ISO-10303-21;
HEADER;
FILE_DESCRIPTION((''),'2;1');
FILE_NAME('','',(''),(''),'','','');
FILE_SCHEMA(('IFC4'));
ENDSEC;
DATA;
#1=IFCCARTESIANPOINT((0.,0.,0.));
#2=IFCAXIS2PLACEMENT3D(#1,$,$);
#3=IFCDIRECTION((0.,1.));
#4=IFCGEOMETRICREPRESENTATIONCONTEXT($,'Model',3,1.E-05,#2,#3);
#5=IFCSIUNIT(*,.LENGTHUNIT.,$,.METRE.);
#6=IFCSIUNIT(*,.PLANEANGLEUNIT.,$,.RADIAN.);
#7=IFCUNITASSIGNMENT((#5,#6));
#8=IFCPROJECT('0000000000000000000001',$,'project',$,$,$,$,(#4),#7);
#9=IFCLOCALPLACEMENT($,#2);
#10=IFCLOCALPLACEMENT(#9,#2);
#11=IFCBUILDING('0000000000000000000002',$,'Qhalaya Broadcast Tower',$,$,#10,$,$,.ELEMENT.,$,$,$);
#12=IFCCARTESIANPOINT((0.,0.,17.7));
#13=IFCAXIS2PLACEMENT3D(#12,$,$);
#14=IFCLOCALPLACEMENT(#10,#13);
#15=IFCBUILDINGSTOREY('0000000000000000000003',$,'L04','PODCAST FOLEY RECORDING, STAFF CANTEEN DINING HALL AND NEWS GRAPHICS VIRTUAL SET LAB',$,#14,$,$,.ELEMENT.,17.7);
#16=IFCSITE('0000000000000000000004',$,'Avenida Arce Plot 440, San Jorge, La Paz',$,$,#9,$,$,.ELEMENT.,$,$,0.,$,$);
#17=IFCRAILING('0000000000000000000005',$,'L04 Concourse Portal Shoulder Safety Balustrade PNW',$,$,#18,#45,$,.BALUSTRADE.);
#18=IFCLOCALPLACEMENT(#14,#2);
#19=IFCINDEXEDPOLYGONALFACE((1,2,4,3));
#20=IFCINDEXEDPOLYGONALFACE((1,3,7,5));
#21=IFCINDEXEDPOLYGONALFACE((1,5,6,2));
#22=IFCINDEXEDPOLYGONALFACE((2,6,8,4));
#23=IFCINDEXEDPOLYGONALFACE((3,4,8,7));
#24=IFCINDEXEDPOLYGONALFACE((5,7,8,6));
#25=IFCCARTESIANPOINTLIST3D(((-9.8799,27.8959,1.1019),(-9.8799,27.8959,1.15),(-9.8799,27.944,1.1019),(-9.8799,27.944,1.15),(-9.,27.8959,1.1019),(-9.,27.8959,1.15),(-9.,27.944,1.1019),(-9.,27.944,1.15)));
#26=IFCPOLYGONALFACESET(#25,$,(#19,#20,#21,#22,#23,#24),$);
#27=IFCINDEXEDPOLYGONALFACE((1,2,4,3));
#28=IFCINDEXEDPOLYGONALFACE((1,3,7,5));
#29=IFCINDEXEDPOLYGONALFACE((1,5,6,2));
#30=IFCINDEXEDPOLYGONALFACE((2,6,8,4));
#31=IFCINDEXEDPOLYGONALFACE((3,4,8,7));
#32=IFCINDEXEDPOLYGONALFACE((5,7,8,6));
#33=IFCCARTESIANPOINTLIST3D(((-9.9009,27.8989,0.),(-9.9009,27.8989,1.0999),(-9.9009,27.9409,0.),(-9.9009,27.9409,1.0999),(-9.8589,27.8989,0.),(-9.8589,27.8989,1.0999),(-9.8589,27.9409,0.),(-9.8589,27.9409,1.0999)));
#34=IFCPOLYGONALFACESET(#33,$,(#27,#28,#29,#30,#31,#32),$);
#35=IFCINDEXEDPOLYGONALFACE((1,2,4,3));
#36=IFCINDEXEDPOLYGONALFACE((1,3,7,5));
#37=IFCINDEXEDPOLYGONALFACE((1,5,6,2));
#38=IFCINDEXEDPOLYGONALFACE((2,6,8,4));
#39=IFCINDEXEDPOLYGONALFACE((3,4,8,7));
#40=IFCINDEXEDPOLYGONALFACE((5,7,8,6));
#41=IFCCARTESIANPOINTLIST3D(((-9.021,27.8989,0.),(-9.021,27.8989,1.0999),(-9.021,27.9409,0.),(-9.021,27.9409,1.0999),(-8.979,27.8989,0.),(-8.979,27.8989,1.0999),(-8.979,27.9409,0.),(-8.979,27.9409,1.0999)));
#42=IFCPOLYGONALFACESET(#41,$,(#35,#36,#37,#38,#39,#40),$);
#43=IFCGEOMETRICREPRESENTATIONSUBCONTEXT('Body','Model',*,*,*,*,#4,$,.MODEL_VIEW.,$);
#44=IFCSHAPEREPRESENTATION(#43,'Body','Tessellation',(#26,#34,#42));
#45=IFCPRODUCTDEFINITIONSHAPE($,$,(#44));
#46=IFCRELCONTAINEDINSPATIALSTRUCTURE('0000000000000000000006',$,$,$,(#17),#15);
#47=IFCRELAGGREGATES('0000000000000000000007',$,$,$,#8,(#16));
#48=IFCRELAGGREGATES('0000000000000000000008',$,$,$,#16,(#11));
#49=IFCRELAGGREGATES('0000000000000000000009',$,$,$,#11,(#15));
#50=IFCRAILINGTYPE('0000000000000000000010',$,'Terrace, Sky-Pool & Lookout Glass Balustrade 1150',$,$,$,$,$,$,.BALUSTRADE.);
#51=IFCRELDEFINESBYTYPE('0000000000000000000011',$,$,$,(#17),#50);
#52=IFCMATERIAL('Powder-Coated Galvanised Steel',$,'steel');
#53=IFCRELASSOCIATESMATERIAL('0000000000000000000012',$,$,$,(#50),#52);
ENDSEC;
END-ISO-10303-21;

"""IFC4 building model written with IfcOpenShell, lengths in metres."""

from ifc_helpers import new_model, si_unit, direction, frame, origin, origin_2d, place, context, subcontext, project, spatial, rectangle, extrude, material, type_object, element, save


model = new_model("IFC4")

# Units and contexts
model_context = context("Model", 3, precision=1e-05, world=origin(), true_north=direction((0.0, 1.0)))
body_context = subcontext(model_context, "Body", "Model", "MODEL_VIEW")
ifc_project = project(units=[si_unit("LENGTHUNIT", "METRE"), si_unit("PLANEANGLEUNIT", "RADIAN")], contexts=[model_context])

# Site, building, storey
site_placement = place(None, origin())
site = spatial("IfcSite", under=ifc_project, at=site_placement, Name="Avenida Arce Plot 440, San Jorge, La Paz", CompositionType="ELEMENT", RefElevation=0.0)
building_placement = place(site_placement, origin())
building = spatial("IfcBuilding", under=site, at=building_placement, Name="Qhalaya Broadcast Tower", CompositionType="ELEMENT")
storey_placement = place(building_placement, frame((0.0, 0.0, 17.7)))
storey = spatial("IfcBuildingStorey", under=building, at=storey_placement, Name="L04", Description="PODCAST FOLEY RECORDING, STAFF CANTEEN DINING HALL AND NEWS GRAPHICS VIRTUAL SET LAB", CompositionType="ELEMENT", Elevation=17.7)

# Railing
ifc_material_1 = material(Name="Powder-Coated Galvanised Steel", Category="steel")
railing_type = type_object("IfcRailingType", Name="Terrace, Sky-Pool & Lookout Glass Balustrade 1150", PredefinedType="BALUSTRADE", material=ifc_material_1)
railing_placement = place(storey_placement, frame((-9.8799, 27.9199, 0.0)))
element("IfcRailing", 1, at=railing_placement, inside=storey, type_object=railing_type, Name="L04 Concourse Portal Shoulder Safety Balustrade PNW", PredefinedType="BALUSTRADE", context=body_context, shape_type="SweptSolid", body=[
    extrude(rectangle(XDim=0.0481, YDim=0.0481, at=origin_2d()), frame((0.0, 0.0, 1.126), z_axis=(1.0, 0.0, 0.0), x_axis=(0.0, 1.0, 0.0)), (0.0, 0.0, 1.0), 0.8799),
    extrude(rectangle(XDim=0.042, YDim=0.042, at=origin_2d()), origin(), (0.0, 0.0, 1.0), 1.0999),
    extrude(rectangle(XDim=0.042, YDim=0.042, at=origin_2d()), frame((0.8799, 0.0, 0.0)), (0.0, 0.0, 1.0), 1.0999),
])

save(model, "model.ifc")
